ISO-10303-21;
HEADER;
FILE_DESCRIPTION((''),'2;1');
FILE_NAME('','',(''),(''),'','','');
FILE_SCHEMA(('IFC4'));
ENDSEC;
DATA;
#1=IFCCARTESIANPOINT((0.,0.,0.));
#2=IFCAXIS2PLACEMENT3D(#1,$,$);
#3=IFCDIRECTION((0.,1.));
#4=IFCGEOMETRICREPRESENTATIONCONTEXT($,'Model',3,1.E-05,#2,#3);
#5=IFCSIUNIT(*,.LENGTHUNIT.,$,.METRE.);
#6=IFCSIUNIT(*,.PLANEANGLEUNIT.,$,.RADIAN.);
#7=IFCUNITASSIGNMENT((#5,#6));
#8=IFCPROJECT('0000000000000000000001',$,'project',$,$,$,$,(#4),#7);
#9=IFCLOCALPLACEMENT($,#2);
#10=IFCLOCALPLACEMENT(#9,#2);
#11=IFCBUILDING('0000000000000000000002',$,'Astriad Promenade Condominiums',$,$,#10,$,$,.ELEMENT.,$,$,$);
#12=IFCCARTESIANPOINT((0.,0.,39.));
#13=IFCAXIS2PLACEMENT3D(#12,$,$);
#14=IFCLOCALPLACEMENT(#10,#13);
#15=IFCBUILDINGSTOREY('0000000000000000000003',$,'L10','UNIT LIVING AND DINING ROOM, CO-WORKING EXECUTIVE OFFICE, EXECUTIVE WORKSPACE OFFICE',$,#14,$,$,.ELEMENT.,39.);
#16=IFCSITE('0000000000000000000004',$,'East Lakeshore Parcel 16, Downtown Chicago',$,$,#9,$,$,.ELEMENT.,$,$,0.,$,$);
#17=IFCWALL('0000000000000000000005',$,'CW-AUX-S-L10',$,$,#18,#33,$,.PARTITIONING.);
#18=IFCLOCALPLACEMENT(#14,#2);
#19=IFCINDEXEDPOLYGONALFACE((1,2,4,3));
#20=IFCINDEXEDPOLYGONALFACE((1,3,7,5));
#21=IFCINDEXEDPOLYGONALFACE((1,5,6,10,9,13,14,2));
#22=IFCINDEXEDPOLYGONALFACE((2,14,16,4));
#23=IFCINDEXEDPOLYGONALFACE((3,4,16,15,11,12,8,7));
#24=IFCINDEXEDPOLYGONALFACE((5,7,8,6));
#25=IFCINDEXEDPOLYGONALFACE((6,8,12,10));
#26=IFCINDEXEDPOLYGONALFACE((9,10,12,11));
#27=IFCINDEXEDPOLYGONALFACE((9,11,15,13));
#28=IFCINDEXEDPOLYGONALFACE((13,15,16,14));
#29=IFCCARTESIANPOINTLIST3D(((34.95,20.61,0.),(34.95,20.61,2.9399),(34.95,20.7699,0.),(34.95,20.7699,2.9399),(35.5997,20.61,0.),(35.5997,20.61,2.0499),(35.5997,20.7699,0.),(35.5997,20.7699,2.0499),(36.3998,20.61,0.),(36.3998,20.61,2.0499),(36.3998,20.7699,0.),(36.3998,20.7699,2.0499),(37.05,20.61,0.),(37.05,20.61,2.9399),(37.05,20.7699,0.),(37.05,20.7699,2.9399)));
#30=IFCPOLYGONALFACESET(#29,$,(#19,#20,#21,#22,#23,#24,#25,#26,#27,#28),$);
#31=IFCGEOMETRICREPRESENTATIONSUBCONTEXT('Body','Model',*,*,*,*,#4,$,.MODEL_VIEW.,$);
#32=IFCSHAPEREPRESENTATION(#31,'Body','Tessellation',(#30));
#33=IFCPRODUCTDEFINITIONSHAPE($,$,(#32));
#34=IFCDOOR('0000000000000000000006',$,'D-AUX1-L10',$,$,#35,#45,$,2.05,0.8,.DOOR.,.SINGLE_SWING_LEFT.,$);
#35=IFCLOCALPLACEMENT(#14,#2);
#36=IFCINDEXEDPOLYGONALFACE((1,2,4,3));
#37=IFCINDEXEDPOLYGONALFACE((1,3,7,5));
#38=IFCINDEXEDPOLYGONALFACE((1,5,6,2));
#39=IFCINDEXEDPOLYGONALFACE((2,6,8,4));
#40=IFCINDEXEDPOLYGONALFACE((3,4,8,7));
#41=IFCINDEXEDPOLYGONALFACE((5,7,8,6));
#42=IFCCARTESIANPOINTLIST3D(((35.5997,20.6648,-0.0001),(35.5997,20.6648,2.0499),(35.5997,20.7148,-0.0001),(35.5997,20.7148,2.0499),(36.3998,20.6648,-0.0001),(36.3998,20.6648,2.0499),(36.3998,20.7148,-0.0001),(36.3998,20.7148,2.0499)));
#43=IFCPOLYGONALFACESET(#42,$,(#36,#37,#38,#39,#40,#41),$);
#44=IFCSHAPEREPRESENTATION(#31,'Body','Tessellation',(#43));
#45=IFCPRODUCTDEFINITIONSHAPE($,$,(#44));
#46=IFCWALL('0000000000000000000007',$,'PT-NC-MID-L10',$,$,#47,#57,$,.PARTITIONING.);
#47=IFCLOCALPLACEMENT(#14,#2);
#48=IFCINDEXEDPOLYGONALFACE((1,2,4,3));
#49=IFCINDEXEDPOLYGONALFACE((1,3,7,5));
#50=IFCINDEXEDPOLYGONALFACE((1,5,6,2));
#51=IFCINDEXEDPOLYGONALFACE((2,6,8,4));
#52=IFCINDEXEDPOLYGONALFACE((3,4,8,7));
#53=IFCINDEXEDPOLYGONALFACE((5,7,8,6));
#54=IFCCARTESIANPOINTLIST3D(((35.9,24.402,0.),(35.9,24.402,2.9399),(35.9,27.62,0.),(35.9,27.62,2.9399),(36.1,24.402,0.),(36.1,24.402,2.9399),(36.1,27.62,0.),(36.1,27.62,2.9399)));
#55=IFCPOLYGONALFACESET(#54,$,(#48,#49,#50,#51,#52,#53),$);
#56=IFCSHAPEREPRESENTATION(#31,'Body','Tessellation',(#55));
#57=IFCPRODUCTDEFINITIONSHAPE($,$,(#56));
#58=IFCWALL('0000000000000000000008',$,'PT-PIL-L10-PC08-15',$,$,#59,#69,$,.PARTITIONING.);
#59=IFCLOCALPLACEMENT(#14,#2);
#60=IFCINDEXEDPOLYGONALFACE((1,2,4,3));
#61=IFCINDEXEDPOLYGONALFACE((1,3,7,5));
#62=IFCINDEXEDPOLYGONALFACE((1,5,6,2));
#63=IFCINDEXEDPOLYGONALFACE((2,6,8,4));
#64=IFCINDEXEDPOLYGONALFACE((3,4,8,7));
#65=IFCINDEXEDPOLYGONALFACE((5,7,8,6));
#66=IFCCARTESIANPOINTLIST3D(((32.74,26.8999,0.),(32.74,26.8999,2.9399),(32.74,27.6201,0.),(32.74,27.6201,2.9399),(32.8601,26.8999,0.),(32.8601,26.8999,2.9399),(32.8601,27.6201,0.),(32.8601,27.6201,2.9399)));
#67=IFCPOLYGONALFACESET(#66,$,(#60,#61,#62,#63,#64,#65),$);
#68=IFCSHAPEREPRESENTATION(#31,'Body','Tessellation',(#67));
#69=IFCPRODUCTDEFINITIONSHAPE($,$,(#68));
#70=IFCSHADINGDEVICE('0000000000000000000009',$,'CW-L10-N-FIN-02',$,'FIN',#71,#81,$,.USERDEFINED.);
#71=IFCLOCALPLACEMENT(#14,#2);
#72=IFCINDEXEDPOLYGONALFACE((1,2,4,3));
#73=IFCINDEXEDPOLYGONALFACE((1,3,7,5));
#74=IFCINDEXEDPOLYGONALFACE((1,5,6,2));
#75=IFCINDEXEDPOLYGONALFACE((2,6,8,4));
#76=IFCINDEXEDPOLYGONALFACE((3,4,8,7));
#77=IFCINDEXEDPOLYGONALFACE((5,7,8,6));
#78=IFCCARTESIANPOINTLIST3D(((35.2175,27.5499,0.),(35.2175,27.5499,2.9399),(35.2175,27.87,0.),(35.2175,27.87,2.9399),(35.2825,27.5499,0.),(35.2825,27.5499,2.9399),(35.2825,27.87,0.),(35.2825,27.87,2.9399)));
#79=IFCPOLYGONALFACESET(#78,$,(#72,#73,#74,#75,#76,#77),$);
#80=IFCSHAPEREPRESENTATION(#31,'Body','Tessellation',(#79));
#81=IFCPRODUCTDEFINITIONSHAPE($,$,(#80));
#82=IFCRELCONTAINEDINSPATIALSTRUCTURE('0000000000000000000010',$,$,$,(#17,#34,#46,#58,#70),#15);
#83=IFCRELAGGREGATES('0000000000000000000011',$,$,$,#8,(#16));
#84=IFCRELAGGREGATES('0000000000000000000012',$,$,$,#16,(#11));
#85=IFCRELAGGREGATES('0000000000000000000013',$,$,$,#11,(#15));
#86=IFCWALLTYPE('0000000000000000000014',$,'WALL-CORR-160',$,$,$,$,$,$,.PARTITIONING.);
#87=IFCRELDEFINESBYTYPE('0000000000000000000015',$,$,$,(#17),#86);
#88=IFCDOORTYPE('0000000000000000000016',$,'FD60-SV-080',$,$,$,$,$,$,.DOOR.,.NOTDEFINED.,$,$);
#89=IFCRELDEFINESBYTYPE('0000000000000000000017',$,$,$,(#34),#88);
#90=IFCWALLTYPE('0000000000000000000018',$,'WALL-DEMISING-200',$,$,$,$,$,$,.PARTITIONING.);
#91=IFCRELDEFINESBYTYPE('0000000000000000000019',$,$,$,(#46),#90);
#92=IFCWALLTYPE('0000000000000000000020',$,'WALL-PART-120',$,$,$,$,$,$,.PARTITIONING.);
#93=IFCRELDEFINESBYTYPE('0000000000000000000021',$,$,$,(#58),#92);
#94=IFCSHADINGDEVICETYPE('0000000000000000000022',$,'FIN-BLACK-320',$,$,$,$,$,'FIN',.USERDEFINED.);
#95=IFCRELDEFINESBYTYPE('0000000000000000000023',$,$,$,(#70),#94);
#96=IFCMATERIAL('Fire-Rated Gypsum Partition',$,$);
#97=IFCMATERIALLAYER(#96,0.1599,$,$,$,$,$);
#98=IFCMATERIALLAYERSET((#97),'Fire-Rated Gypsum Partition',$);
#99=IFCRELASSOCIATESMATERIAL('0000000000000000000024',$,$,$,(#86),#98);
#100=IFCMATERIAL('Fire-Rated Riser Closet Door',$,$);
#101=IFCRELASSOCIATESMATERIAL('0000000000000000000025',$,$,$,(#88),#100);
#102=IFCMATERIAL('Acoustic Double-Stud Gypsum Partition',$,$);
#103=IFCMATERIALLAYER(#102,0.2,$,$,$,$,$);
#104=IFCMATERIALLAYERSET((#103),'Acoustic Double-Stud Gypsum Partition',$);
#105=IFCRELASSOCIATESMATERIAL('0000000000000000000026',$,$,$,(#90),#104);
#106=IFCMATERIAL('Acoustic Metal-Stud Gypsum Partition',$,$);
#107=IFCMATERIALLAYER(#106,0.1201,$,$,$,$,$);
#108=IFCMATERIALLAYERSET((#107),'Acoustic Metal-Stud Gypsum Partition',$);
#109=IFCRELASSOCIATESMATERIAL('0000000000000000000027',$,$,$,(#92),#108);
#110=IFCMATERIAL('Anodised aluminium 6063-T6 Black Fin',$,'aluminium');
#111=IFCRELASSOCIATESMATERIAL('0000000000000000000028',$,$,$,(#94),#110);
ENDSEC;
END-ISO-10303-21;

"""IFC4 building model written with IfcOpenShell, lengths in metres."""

from ifc_helpers import new_model, si_unit, direction, frame, frame_2d, origin, origin_2d, place, context, subcontext, project, spatial, rectangle, extrude, source, transform, mapped, material, layer, layer_set, type_object, type_shapes, element, fill, save


model = new_model("IFC4")

# Units and contexts
model_context = context("Model", 3, precision=1e-05, world=origin(), true_north=direction((0.0, 1.0)))
body_context = subcontext(model_context, "Body", "Model", "MODEL_VIEW")
ifc_project = project(units=[si_unit("LENGTHUNIT", "METRE"), si_unit("PLANEANGLEUNIT", "RADIAN")], contexts=[model_context])

# Site, building, storey
site_placement = place(None, origin())
site = spatial("IfcSite", under=ifc_project, at=site_placement, Name="East Lakeshore Parcel 16, Downtown Chicago", CompositionType="ELEMENT", RefElevation=0.0)
building_placement = place(site_placement, origin())
building = spatial("IfcBuilding", under=site, at=building_placement, Name="Astriad Promenade Condominiums", CompositionType="ELEMENT")
storey_placement = place(building_placement, frame((0.0, 0.0, 39.0)))
storey = spatial("IfcBuildingStorey", under=building, at=storey_placement, Name="L10", Description="UNIT LIVING AND DINING ROOM, CO-WORKING EXECUTIVE OFFICE, EXECUTIVE WORKSPACE OFFICE", CompositionType="ELEMENT", Elevation=39.0)

# Shared definitions
ifc_material_1 = material(Name="Fire-Rated Gypsum Partition")
ifc_layer_1 = layer(ifc_material_1, 0.1599)
ifc_layer_set_1 = layer_set([ifc_layer_1], Name="Fire-Rated Gypsum Partition")
wall_type_1 = type_object("IfcWallType", Name="WALL-CORR-160", PredefinedType="PARTITIONING", material=ifc_layer_set_1)

# Wall, opening, door
wall_1_placement = place(storey_placement, frame((34.95, 20.6899, 0.0), z_axis=(0.0, 0.0, 1.0), x_axis=(1.0, 0.0, 0.0)))
wall_1 = element("IfcWall", 1, at=wall_1_placement, inside=storey, type_object=wall_type_1, Name="CW-AUX-S-L10", PredefinedType="PARTITIONING", context=body_context, shape_type="SweptSolid", body=[
    extrude(rectangle(XDim=2.1001, YDim=0.1599, at=frame_2d((1.05, 0.0))), origin(), (0.0, 0.0, 1.0), 2.9399),
])
opening_1_placement = place(wall_1_placement, frame((0.6499, 0.0, 0.0)))
opening_1 = element("IfcOpeningElement", 2, at=opening_1_placement, cuts=wall_1, PredefinedType="OPENING", context=body_context, shape_type="SweptSolid", body=[
    extrude(rectangle(XDim=0.8, YDim=2.05, at=frame_2d((0.3999, 1.0249))), frame((0.0, 0.0898, 0.0), z_axis=(0.0, -1.0, 0.0), x_axis=(1.0, 0.0, 0.0)), (0.0, 0.0, 1.0), 0.1799),
])
ifc_material_2 = material(Name="Fire-Rated Riser Closet Door")
door_type_1 = type_object("IfcDoorType", Name="FD60-SV-080", OperationType="NOTDEFINED", PredefinedType="DOOR", material=ifc_material_2)
shared_shape_1 = source(origin(), body_context, "Body", "SweptSolid", [
    extrude(rectangle(XDim=0.8, YDim=2.05, at=frame_2d((0.3999, 1.0249))), frame((0.0, 0.0249, 0.0), z_axis=(0.0, -1.0, 0.0), x_axis=(1.0, 0.0, 0.0)), (0.0, 0.0, 1.0), 0.05),
])
type_shapes(door_type_1, [shared_shape_1])
door_1_placement = place(opening_1_placement, origin())
door_1 = element("IfcDoor", 3, at=door_1_placement, inside=storey, type_object=door_type_1, Name="D-AUX1-L10", OperationType="SINGLE_SWING_LEFT", OverallHeight=2.05, OverallWidth=0.8, PredefinedType="DOOR", context=body_context, shape_type="MappedRepresentation", body=[
    mapped(shared_shape_1, transform((0.0, 0.0, 0.0), scale=1.0)),
])
fill(opening_1, door_1)

# Walls
ifc_material_3 = material(Name="Acoustic Double-Stud Gypsum Partition")
ifc_layer_2 = layer(ifc_material_3, 0.2)
ifc_layer_set_2 = layer_set([ifc_layer_2], Name="Acoustic Double-Stud Gypsum Partition")
wall_type_2 = type_object("IfcWallType", Name="WALL-DEMISING-200", PredefinedType="PARTITIONING", material=ifc_layer_set_2)
wall_2_placement = place(storey_placement, frame((36.0, 24.4021, 0.0), z_axis=(0.0, 0.0, 1.0), x_axis=(0.0, 1.0, 0.0)))
element("IfcWall", 4, at=wall_2_placement, inside=storey, type_object=wall_type_2, Name="PT-NC-MID-L10", PredefinedType="PARTITIONING", context=body_context, shape_type="SweptSolid", body=[
    extrude(rectangle(XDim=3.218, YDim=0.2, at=frame_2d((1.6089, 0.0))), origin(), (0.0, 0.0, 1.0), 2.9399),
])
ifc_material_4 = material(Name="Acoustic Metal-Stud Gypsum Partition")
ifc_layer_3 = layer(ifc_material_4, 0.1201)
ifc_layer_set_3 = layer_set([ifc_layer_3], Name="Acoustic Metal-Stud Gypsum Partition")
wall_type_3 = type_object("IfcWallType", Name="WALL-PART-120", PredefinedType="PARTITIONING", material=ifc_layer_set_3)
wall_3_placement = place(storey_placement, frame((32.8, 26.8999, 0.0), z_axis=(0.0, 0.0, 1.0), x_axis=(0.0, 1.0, 0.0)))
element("IfcWall", 5, at=wall_3_placement, inside=storey, type_object=wall_type_3, Name="PT-PIL-L10-PC08-15", PredefinedType="PARTITIONING", context=body_context, shape_type="SweptSolid", body=[
    extrude(rectangle(XDim=0.7202, YDim=0.1201, at=frame_2d((0.3601, 0.0))), origin(), (0.0, 0.0, 1.0), 2.9399),
])

# Shading device
ifc_material_5 = material(Name="Anodised aluminium 6063-T6 Black Fin", Category="aluminium")
shading_device_type = type_object("IfcShadingDeviceType", Name="FIN-BLACK-320", ElementType="FIN", PredefinedType="USERDEFINED", material=ifc_material_5)
shared_shape_2 = source(origin(), body_context, "Body", "SweptSolid", [
    extrude(rectangle(XDim=0.0649, YDim=0.3201, at=origin_2d()), origin(), (0.0, 0.0, 1.0), 2.9399),
])
type_shapes(shading_device_type, [shared_shape_2])
shading_device_placement = place(storey_placement, frame((35.25, 27.71, 0.0), z_axis=(0.0, 0.0, 1.0), x_axis=(1.0, 0.0, 0.0)))
element("IfcShadingDevice", 6, at=shading_device_placement, inside=storey, type_object=shading_device_type, Name="CW-L10-N-FIN-02", ObjectType="FIN", PredefinedType="USERDEFINED", context=body_context, shape_type="MappedRepresentation", body=[
    mapped(shared_shape_2, transform((0.0, 0.0, 0.0), scale=1.0)),
])

save(model, "model.ifc")
